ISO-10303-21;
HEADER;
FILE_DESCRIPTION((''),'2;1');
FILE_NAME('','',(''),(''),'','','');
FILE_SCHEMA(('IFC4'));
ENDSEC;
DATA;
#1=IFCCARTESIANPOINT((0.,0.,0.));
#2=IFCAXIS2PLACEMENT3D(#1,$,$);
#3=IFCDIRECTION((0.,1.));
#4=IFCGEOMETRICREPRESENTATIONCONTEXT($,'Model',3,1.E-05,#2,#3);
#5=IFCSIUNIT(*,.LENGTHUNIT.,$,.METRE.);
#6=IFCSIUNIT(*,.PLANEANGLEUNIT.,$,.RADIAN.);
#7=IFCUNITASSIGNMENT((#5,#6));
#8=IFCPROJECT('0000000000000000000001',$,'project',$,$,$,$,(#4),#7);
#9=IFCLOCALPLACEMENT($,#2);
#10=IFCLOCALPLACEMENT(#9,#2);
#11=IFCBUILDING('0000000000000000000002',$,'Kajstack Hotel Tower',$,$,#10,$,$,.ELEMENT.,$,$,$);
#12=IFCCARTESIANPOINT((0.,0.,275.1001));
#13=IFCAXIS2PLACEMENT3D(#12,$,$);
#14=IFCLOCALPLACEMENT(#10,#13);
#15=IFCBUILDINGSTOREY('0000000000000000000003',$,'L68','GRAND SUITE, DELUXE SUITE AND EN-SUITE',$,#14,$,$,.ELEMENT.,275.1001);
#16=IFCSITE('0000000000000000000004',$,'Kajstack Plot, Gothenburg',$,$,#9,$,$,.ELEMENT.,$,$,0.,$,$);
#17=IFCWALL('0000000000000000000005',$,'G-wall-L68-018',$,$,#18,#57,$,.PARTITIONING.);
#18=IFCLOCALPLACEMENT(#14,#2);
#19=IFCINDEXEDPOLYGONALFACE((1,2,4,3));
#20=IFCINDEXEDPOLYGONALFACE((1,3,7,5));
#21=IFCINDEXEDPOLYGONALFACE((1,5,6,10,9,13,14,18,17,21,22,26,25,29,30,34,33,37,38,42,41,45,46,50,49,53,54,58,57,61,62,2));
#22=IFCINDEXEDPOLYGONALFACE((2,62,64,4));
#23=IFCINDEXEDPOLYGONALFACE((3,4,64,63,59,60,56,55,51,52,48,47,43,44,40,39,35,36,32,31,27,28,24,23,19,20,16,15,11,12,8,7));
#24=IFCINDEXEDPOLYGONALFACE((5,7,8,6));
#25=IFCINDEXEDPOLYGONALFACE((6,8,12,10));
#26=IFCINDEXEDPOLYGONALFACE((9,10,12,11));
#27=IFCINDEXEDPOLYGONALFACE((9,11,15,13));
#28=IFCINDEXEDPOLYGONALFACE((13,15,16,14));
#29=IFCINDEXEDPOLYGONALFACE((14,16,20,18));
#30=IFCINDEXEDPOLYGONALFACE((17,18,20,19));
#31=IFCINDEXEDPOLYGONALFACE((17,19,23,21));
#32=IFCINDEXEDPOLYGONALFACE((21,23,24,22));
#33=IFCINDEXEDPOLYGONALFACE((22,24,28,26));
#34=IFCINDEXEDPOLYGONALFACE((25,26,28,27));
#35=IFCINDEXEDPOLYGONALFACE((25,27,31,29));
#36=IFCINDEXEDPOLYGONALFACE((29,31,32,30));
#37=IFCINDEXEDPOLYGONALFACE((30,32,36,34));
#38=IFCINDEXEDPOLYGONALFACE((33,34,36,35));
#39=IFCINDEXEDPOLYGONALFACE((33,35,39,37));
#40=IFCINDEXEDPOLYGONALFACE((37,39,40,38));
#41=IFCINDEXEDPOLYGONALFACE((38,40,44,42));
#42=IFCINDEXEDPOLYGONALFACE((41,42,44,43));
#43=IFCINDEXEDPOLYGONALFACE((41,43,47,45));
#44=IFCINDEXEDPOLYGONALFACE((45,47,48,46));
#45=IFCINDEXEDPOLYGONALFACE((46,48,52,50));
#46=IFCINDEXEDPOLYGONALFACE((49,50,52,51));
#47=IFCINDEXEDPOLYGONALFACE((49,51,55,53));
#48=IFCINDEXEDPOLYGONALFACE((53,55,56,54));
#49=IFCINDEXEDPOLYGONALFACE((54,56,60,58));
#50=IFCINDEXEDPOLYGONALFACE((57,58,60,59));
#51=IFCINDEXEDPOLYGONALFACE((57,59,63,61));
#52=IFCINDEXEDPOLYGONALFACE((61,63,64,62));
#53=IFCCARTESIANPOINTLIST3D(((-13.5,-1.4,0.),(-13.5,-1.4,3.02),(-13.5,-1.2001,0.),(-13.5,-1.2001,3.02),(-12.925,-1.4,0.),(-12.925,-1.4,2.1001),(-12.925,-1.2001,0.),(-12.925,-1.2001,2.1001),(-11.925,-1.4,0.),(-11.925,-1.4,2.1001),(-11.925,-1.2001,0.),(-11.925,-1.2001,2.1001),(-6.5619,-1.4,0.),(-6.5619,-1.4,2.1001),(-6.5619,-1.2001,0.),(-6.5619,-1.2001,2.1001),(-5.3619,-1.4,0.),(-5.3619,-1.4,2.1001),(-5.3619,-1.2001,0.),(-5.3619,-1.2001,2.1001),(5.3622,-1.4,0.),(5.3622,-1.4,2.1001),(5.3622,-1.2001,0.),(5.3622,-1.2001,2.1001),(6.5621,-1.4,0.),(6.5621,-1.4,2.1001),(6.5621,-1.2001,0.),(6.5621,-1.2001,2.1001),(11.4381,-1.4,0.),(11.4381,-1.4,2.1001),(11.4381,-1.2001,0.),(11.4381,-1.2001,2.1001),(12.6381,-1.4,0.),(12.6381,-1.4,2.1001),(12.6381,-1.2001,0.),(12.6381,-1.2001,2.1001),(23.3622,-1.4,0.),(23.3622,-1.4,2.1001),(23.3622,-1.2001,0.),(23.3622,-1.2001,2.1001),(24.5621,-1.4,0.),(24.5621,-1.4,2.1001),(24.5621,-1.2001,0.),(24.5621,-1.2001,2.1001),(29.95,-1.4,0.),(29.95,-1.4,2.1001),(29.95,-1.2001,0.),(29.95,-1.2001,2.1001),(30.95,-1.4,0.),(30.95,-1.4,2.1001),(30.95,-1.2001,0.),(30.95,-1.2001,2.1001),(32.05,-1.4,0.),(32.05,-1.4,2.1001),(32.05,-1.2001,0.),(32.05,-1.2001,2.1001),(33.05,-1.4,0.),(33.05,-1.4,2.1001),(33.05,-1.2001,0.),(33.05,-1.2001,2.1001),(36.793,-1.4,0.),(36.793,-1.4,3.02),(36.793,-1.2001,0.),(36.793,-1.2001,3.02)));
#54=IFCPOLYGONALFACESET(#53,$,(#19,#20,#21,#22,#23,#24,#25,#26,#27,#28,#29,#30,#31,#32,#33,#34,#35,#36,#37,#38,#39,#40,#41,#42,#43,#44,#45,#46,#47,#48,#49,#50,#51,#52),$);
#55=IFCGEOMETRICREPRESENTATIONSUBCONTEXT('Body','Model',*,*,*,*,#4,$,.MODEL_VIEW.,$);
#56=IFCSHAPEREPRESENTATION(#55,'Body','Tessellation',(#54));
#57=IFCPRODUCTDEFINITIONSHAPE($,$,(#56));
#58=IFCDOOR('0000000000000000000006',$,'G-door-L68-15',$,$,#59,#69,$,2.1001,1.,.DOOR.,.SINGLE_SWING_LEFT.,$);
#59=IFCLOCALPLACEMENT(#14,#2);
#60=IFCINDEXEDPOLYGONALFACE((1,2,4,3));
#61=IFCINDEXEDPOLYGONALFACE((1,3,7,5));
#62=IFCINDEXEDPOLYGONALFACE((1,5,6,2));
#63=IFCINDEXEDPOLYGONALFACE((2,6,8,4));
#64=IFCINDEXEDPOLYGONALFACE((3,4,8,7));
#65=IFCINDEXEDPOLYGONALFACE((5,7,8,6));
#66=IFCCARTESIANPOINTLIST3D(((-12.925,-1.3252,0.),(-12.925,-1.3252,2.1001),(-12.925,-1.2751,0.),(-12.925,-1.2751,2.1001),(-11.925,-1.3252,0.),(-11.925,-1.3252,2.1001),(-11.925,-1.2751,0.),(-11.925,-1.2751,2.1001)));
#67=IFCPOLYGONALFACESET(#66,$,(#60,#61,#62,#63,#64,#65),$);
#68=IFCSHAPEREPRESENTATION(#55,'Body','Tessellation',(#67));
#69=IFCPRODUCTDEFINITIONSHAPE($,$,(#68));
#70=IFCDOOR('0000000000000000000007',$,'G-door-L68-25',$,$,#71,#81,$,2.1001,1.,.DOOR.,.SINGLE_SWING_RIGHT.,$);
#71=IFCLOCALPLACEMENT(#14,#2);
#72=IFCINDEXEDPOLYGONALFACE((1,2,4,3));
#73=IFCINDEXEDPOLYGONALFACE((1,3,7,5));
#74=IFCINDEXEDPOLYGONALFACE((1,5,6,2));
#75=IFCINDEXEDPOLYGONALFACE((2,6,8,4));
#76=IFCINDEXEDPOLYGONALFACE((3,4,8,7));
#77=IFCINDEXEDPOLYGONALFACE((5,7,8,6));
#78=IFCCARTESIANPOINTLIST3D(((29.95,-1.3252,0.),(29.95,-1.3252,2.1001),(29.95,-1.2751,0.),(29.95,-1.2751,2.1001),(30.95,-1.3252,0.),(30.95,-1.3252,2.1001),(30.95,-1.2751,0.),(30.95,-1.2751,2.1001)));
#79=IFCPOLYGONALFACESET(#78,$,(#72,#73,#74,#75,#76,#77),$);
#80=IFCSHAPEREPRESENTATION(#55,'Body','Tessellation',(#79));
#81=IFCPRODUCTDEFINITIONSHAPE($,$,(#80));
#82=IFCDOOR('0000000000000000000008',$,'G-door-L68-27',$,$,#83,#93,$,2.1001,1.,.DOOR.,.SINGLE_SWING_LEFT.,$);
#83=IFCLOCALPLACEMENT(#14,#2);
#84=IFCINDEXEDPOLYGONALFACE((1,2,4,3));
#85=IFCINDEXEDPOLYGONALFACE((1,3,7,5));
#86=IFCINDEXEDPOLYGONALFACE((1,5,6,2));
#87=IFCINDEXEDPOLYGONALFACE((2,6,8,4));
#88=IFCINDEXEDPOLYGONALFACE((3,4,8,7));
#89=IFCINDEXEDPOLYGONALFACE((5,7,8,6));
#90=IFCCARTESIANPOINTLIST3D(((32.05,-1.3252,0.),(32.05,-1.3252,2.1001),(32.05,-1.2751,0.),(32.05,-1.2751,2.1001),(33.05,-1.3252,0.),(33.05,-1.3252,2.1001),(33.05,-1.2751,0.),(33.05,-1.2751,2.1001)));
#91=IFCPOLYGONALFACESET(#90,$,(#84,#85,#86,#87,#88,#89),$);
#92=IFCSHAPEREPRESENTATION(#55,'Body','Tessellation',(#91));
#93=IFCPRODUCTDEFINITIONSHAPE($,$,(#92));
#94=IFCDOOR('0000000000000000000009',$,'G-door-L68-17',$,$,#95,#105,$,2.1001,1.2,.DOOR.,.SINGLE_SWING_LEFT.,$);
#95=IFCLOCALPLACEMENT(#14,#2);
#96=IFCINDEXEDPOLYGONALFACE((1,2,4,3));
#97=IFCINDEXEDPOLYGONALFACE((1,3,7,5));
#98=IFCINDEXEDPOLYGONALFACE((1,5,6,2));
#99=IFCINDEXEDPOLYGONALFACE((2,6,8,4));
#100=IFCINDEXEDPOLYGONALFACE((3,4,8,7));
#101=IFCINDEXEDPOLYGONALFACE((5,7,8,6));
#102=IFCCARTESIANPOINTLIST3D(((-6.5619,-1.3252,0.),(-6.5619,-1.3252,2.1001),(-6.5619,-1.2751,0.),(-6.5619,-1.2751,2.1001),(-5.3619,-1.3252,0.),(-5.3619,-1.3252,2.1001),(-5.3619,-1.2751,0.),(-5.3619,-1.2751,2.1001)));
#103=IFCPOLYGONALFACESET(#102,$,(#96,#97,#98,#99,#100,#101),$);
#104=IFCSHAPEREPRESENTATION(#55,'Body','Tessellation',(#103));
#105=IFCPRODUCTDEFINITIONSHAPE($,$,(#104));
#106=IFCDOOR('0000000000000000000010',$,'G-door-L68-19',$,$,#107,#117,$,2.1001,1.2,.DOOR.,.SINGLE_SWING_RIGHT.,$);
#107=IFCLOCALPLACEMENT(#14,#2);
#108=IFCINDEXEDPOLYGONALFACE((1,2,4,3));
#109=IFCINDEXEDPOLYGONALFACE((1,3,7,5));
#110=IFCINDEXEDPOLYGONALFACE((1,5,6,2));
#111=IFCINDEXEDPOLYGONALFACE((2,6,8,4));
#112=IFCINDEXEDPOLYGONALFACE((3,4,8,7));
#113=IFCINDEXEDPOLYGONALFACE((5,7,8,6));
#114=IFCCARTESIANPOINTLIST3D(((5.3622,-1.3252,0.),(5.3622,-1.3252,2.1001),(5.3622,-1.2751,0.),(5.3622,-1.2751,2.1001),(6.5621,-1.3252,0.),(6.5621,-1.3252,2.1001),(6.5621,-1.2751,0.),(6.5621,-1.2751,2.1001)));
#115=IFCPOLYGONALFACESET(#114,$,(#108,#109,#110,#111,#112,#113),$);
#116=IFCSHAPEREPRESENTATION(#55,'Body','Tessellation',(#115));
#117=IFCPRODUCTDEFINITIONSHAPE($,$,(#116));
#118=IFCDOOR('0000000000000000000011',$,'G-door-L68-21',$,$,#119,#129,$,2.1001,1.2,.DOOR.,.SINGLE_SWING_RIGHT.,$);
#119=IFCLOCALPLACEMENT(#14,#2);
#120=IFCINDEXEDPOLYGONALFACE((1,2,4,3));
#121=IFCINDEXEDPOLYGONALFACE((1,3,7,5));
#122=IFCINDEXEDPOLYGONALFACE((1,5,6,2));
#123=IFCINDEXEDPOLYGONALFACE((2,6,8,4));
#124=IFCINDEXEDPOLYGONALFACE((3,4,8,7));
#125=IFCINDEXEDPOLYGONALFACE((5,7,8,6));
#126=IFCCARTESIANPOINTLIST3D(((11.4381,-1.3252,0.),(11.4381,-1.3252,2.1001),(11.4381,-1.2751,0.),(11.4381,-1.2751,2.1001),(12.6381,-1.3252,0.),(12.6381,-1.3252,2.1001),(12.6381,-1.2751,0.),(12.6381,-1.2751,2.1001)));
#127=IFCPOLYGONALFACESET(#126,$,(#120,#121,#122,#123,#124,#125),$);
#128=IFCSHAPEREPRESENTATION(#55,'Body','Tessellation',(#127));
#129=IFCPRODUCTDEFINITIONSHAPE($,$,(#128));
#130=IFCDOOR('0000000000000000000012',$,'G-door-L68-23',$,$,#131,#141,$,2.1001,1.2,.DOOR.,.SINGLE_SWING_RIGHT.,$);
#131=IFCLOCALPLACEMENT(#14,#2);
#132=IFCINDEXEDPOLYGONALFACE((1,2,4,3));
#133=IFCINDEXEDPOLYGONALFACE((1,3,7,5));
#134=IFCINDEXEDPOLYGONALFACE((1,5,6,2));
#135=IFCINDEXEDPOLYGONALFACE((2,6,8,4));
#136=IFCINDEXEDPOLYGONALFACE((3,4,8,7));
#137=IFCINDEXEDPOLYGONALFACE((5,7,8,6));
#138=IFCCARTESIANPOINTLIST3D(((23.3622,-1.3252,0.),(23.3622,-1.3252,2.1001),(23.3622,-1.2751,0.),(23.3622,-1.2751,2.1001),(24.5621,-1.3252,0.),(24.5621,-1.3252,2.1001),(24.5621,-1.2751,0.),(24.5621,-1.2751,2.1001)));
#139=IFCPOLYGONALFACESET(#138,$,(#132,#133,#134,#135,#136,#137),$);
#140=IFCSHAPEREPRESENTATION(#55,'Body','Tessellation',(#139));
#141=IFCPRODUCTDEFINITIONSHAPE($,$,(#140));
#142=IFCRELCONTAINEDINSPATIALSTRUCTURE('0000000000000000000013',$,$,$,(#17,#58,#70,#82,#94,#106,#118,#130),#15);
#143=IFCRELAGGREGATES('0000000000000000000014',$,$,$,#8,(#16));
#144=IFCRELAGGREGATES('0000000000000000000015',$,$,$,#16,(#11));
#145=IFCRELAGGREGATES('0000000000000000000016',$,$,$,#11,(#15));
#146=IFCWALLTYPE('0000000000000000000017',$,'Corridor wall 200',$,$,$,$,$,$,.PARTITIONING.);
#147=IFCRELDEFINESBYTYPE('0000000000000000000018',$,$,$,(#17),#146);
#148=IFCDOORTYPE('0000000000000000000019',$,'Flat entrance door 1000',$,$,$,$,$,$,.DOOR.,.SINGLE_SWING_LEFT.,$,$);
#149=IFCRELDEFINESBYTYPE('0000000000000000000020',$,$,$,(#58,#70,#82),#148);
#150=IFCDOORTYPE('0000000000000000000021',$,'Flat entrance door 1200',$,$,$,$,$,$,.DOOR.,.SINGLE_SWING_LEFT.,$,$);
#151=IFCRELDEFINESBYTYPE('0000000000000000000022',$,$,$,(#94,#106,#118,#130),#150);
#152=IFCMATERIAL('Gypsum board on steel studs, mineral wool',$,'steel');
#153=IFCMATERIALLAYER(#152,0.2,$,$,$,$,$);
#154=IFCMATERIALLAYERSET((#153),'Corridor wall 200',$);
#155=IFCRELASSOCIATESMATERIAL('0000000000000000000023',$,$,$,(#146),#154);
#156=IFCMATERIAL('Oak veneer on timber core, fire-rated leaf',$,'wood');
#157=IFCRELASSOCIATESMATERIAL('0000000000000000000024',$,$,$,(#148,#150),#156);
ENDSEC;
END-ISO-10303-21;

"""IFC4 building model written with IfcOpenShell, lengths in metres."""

from ifc_helpers import new_model, si_unit, direction, frame, frame_2d, origin, place, context, subcontext, project, spatial, rectangle, extrude, material, layer, layer_set, type_object, element, fill, save


model = new_model("IFC4")

# Units and contexts
model_context = context("Model", 3, precision=1e-05, world=origin(), true_north=direction((0.0, 1.0)))
body_context = subcontext(model_context, "Body", "Model", "MODEL_VIEW")
ifc_project = project(units=[si_unit("LENGTHUNIT", "METRE"), si_unit("PLANEANGLEUNIT", "RADIAN")], contexts=[model_context])

# Site, building, storey
site_placement = place(None, origin())
site = spatial("IfcSite", under=ifc_project, at=site_placement, Name="Kajstack Plot, Gothenburg", CompositionType="ELEMENT", RefElevation=0.0)
building_placement = place(site_placement, origin())
building = spatial("IfcBuilding", under=site, at=building_placement, Name="Kajstack Hotel Tower", CompositionType="ELEMENT")
storey_placement = place(building_placement, frame((0.0, 0.0, 275.1001)))
storey = spatial("IfcBuildingStorey", under=building, at=storey_placement, Name="L68", Description="GRAND SUITE, DELUXE SUITE AND EN-SUITE", CompositionType="ELEMENT", Elevation=275.1001)

# Wall, openings, doors
ifc_material_1 = material(Name="Gypsum board on steel studs, mineral wool", Category="steel")
ifc_layer_1 = layer(ifc_material_1, 0.2)
ifc_layer_set_1 = layer_set([ifc_layer_1], Name="Corridor wall 200")
wall_type_1 = type_object("IfcWallType", Name="Corridor wall 200", PredefinedType="PARTITIONING", material=ifc_layer_set_1)
wall_1_placement = place(storey_placement, frame((-13.5, -1.3, 0.0), z_axis=(0.0, 0.0, 1.0), x_axis=(1.0, 0.0, 0.0)))
wall_1 = element("IfcWall", 1, at=wall_1_placement, inside=storey, type_object=wall_type_1, Name="G-wall-L68-018", PredefinedType="PARTITIONING", context=body_context, shape_type="SweptSolid", body=[
    extrude(rectangle(XDim=50.293, YDim=0.2, at=frame_2d((25.1465, 0.0))), origin(), (0.0, 0.0, 1.0), 3.02),
])
opening_1_placement = place(wall_1_placement, frame((0.575, 0.0, 0.0)))
opening_1 = element("IfcOpeningElement", 2, at=opening_1_placement, cuts=wall_1, PredefinedType="OPENING", context=body_context, shape_type="SweptSolid", body=[
    extrude(rectangle(XDim=1.0, YDim=2.1001, at=frame_2d((0.5, 1.05))), frame((0.0, 0.1099, 0.0), z_axis=(0.0, -1.0, 0.0), x_axis=(1.0, 0.0, 0.0)), (0.0, 0.0, 1.0), 0.22),
])
opening_2_placement = place(wall_1_placement, frame((6.938, 0.0, 0.0)))
opening_2 = element("IfcOpeningElement", 3, at=opening_2_placement, cuts=wall_1, PredefinedType="OPENING", context=body_context, shape_type="SweptSolid", body=[
    extrude(rectangle(XDim=1.2, YDim=2.1001, at=frame_2d((0.6001, 1.05))), frame((0.0, 0.1099, 0.0), z_axis=(0.0, -1.0, 0.0), x_axis=(1.0, 0.0, 0.0)), (0.0, 0.0, 1.0), 0.22),
])
opening_3_placement = place(wall_1_placement, frame((18.8621, 0.0, 0.0)))
opening_3 = element("IfcOpeningElement", 4, at=opening_3_placement, cuts=wall_1, PredefinedType="OPENING", context=body_context, shape_type="SweptSolid", body=[
    extrude(rectangle(XDim=1.2, YDim=2.1001, at=frame_2d((0.6001, 1.05))), frame((0.0, 0.1099, 0.0), z_axis=(0.0, -1.0, 0.0), x_axis=(1.0, 0.0, 0.0)), (0.0, 0.0, 1.0), 0.22),
])
opening_4_placement = place(wall_1_placement, frame((24.938, 0.0, 0.0)))
opening_4 = element("IfcOpeningElement", 5, at=opening_4_placement, cuts=wall_1, PredefinedType="OPENING", context=body_context, shape_type="SweptSolid", body=[
    extrude(rectangle(XDim=1.2, YDim=2.1001, at=frame_2d((0.6001, 1.05))), frame((0.0, 0.1099, 0.0), z_axis=(0.0, -1.0, 0.0), x_axis=(1.0, 0.0, 0.0)), (0.0, 0.0, 1.0), 0.22),
])
opening_5_placement = place(wall_1_placement, frame((36.8621, 0.0, 0.0)))
opening_5 = element("IfcOpeningElement", 6, at=opening_5_placement, cuts=wall_1, PredefinedType="OPENING", context=body_context, shape_type="SweptSolid", body=[
    extrude(rectangle(XDim=1.2, YDim=2.1001, at=frame_2d((0.6001, 1.05))), frame((0.0, 0.1099, 0.0), z_axis=(0.0, -1.0, 0.0), x_axis=(1.0, 0.0, 0.0)), (0.0, 0.0, 1.0), 0.22),
])
opening_6_placement = place(wall_1_placement, frame((43.45, 0.0, 0.0)))
opening_6 = element("IfcOpeningElement", 7, at=opening_6_placement, cuts=wall_1, PredefinedType="OPENING", context=body_context, shape_type="SweptSolid", body=[
    extrude(rectangle(XDim=1.0, YDim=2.1001, at=frame_2d((0.5, 1.05))), frame((0.0, 0.1099, 0.0), z_axis=(0.0, -1.0, 0.0), x_axis=(1.0, 0.0, 0.0)), (0.0, 0.0, 1.0), 0.22),
])
opening_7_placement = place(wall_1_placement, frame((45.55, 0.0, 0.0)))
opening_7 = element("IfcOpeningElement", 8, at=opening_7_placement, cuts=wall_1, PredefinedType="OPENING", context=body_context, shape_type="SweptSolid", body=[
    extrude(rectangle(XDim=1.0, YDim=2.1001, at=frame_2d((0.5, 1.05))), frame((0.0, 0.1099, 0.0), z_axis=(0.0, -1.0, 0.0), x_axis=(1.0, 0.0, 0.0)), (0.0, 0.0, 1.0), 0.22),
])
ifc_material_2 = material(Name="Oak veneer on timber core, fire-rated leaf", Category="wood")
door_type_1 = type_object("IfcDoorType", Name="Flat entrance door 1000", OperationType="SINGLE_SWING_LEFT", PredefinedType="DOOR", material=ifc_material_2)
door_1_placement = place(opening_1_placement, origin())
door_1 = element("IfcDoor", 9, at=door_1_placement, inside=storey, type_object=door_type_1, Name="G-door-L68-15", OperationType="SINGLE_SWING_LEFT", OverallHeight=2.1001, OverallWidth=1.0, PredefinedType="DOOR", context=body_context, shape_type="SweptSolid", body=[
    extrude(rectangle(XDim=1.0, YDim=2.1001, at=frame_2d((0.5, 1.05))), frame((0.0, 0.0249, 0.0), z_axis=(0.0, -1.0, 0.0), x_axis=(1.0, 0.0, 0.0)), (0.0, 0.0, 1.0), 0.05),
])
fill(opening_1, door_1)
door_2_placement = place(opening_6_placement, origin())
door_2 = element("IfcDoor", 10, at=door_2_placement, inside=storey, type_object=door_type_1, Name="G-door-L68-25", OperationType="SINGLE_SWING_RIGHT", OverallHeight=2.1001, OverallWidth=1.0, PredefinedType="DOOR", context=body_context, shape_type="SweptSolid", body=[
    extrude(rectangle(XDim=1.0, YDim=2.1001, at=frame_2d((0.5, 1.05))), frame((0.0, 0.0249, 0.0), z_axis=(0.0, -1.0, 0.0), x_axis=(1.0, 0.0, 0.0)), (0.0, 0.0, 1.0), 0.05),
])
fill(opening_6, door_2)
door_3_placement = place(opening_7_placement, origin())
door_3 = element("IfcDoor", 11, at=door_3_placement, inside=storey, type_object=door_type_1, Name="G-door-L68-27", OperationType="SINGLE_SWING_LEFT", OverallHeight=2.1001, OverallWidth=1.0, PredefinedType="DOOR", context=body_context, shape_type="SweptSolid", body=[
    extrude(rectangle(XDim=1.0, YDim=2.1001, at=frame_2d((0.5, 1.05))), frame((0.0, 0.0249, 0.0), z_axis=(0.0, -1.0, 0.0), x_axis=(1.0, 0.0, 0.0)), (0.0, 0.0, 1.0), 0.05),
])
fill(opening_7, door_3)
door_type_2 = type_object("IfcDoorType", Name="Flat entrance door 1200", OperationType="SINGLE_SWING_LEFT", PredefinedType="DOOR", material=ifc_material_2)
door_4_placement = place(opening_2_placement, origin())
door_4 = element("IfcDoor", 12, at=door_4_placement, inside=storey, type_object=door_type_2, Name="G-door-L68-17", OperationType="SINGLE_SWING_LEFT", OverallHeight=2.1001, OverallWidth=1.2, PredefinedType="DOOR", context=body_context, shape_type="SweptSolid", body=[
    extrude(rectangle(XDim=1.2, YDim=2.1001, at=frame_2d((0.6001, 1.05))), frame((0.0, 0.0249, 0.0), z_axis=(0.0, -1.0, 0.0), x_axis=(1.0, 0.0, 0.0)), (0.0, 0.0, 1.0), 0.05),
])
fill(opening_2, door_4)
door_5_placement = place(opening_3_placement, origin())
door_5 = element("IfcDoor", 13, at=door_5_placement, inside=storey, type_object=door_type_2, Name="G-door-L68-19", OperationType="SINGLE_SWING_RIGHT", OverallHeight=2.1001, OverallWidth=1.2, PredefinedType="DOOR", context=body_context, shape_type="SweptSolid", body=[
    extrude(rectangle(XDim=1.2, YDim=2.1001, at=frame_2d((0.6001, 1.05))), frame((0.0, 0.0249, 0.0), z_axis=(0.0, -1.0, 0.0), x_axis=(1.0, 0.0, 0.0)), (0.0, 0.0, 1.0), 0.05),
])
fill(opening_3, door_5)
door_6_placement = place(opening_4_placement, origin())
door_6 = element("IfcDoor", 14, at=door_6_placement, inside=storey, type_object=door_type_2, Name="G-door-L68-21", OperationType="SINGLE_SWING_RIGHT", OverallHeight=2.1001, OverallWidth=1.2, PredefinedType="DOOR", context=body_context, shape_type="SweptSolid", body=[
    extrude(rectangle(XDim=1.2, YDim=2.1001, at=frame_2d((0.6001, 1.05))), frame((0.0, 0.0249, 0.0), z_axis=(0.0, -1.0, 0.0), x_axis=(1.0, 0.0, 0.0)), (0.0, 0.0, 1.0), 0.05),
])
fill(opening_4, door_6)
door_7_placement = place(opening_5_placement, origin())
door_7 = element("IfcDoor", 15, at=door_7_placement, inside=storey, type_object=door_type_2, Name="G-door-L68-23", OperationType="SINGLE_SWING_RIGHT", OverallHeight=2.1001, OverallWidth=1.2, PredefinedType="DOOR", context=body_context, shape_type="SweptSolid", body=[
    extrude(rectangle(XDim=1.2, YDim=2.1001, at=frame_2d((0.6001, 1.05))), frame((0.0, 0.0249, 0.0), z_axis=(0.0, -1.0, 0.0), x_axis=(1.0, 0.0, 0.0)), (0.0, 0.0, 1.0), 0.05),
])
fill(opening_5, door_7)

save(model, "model.ifc")
